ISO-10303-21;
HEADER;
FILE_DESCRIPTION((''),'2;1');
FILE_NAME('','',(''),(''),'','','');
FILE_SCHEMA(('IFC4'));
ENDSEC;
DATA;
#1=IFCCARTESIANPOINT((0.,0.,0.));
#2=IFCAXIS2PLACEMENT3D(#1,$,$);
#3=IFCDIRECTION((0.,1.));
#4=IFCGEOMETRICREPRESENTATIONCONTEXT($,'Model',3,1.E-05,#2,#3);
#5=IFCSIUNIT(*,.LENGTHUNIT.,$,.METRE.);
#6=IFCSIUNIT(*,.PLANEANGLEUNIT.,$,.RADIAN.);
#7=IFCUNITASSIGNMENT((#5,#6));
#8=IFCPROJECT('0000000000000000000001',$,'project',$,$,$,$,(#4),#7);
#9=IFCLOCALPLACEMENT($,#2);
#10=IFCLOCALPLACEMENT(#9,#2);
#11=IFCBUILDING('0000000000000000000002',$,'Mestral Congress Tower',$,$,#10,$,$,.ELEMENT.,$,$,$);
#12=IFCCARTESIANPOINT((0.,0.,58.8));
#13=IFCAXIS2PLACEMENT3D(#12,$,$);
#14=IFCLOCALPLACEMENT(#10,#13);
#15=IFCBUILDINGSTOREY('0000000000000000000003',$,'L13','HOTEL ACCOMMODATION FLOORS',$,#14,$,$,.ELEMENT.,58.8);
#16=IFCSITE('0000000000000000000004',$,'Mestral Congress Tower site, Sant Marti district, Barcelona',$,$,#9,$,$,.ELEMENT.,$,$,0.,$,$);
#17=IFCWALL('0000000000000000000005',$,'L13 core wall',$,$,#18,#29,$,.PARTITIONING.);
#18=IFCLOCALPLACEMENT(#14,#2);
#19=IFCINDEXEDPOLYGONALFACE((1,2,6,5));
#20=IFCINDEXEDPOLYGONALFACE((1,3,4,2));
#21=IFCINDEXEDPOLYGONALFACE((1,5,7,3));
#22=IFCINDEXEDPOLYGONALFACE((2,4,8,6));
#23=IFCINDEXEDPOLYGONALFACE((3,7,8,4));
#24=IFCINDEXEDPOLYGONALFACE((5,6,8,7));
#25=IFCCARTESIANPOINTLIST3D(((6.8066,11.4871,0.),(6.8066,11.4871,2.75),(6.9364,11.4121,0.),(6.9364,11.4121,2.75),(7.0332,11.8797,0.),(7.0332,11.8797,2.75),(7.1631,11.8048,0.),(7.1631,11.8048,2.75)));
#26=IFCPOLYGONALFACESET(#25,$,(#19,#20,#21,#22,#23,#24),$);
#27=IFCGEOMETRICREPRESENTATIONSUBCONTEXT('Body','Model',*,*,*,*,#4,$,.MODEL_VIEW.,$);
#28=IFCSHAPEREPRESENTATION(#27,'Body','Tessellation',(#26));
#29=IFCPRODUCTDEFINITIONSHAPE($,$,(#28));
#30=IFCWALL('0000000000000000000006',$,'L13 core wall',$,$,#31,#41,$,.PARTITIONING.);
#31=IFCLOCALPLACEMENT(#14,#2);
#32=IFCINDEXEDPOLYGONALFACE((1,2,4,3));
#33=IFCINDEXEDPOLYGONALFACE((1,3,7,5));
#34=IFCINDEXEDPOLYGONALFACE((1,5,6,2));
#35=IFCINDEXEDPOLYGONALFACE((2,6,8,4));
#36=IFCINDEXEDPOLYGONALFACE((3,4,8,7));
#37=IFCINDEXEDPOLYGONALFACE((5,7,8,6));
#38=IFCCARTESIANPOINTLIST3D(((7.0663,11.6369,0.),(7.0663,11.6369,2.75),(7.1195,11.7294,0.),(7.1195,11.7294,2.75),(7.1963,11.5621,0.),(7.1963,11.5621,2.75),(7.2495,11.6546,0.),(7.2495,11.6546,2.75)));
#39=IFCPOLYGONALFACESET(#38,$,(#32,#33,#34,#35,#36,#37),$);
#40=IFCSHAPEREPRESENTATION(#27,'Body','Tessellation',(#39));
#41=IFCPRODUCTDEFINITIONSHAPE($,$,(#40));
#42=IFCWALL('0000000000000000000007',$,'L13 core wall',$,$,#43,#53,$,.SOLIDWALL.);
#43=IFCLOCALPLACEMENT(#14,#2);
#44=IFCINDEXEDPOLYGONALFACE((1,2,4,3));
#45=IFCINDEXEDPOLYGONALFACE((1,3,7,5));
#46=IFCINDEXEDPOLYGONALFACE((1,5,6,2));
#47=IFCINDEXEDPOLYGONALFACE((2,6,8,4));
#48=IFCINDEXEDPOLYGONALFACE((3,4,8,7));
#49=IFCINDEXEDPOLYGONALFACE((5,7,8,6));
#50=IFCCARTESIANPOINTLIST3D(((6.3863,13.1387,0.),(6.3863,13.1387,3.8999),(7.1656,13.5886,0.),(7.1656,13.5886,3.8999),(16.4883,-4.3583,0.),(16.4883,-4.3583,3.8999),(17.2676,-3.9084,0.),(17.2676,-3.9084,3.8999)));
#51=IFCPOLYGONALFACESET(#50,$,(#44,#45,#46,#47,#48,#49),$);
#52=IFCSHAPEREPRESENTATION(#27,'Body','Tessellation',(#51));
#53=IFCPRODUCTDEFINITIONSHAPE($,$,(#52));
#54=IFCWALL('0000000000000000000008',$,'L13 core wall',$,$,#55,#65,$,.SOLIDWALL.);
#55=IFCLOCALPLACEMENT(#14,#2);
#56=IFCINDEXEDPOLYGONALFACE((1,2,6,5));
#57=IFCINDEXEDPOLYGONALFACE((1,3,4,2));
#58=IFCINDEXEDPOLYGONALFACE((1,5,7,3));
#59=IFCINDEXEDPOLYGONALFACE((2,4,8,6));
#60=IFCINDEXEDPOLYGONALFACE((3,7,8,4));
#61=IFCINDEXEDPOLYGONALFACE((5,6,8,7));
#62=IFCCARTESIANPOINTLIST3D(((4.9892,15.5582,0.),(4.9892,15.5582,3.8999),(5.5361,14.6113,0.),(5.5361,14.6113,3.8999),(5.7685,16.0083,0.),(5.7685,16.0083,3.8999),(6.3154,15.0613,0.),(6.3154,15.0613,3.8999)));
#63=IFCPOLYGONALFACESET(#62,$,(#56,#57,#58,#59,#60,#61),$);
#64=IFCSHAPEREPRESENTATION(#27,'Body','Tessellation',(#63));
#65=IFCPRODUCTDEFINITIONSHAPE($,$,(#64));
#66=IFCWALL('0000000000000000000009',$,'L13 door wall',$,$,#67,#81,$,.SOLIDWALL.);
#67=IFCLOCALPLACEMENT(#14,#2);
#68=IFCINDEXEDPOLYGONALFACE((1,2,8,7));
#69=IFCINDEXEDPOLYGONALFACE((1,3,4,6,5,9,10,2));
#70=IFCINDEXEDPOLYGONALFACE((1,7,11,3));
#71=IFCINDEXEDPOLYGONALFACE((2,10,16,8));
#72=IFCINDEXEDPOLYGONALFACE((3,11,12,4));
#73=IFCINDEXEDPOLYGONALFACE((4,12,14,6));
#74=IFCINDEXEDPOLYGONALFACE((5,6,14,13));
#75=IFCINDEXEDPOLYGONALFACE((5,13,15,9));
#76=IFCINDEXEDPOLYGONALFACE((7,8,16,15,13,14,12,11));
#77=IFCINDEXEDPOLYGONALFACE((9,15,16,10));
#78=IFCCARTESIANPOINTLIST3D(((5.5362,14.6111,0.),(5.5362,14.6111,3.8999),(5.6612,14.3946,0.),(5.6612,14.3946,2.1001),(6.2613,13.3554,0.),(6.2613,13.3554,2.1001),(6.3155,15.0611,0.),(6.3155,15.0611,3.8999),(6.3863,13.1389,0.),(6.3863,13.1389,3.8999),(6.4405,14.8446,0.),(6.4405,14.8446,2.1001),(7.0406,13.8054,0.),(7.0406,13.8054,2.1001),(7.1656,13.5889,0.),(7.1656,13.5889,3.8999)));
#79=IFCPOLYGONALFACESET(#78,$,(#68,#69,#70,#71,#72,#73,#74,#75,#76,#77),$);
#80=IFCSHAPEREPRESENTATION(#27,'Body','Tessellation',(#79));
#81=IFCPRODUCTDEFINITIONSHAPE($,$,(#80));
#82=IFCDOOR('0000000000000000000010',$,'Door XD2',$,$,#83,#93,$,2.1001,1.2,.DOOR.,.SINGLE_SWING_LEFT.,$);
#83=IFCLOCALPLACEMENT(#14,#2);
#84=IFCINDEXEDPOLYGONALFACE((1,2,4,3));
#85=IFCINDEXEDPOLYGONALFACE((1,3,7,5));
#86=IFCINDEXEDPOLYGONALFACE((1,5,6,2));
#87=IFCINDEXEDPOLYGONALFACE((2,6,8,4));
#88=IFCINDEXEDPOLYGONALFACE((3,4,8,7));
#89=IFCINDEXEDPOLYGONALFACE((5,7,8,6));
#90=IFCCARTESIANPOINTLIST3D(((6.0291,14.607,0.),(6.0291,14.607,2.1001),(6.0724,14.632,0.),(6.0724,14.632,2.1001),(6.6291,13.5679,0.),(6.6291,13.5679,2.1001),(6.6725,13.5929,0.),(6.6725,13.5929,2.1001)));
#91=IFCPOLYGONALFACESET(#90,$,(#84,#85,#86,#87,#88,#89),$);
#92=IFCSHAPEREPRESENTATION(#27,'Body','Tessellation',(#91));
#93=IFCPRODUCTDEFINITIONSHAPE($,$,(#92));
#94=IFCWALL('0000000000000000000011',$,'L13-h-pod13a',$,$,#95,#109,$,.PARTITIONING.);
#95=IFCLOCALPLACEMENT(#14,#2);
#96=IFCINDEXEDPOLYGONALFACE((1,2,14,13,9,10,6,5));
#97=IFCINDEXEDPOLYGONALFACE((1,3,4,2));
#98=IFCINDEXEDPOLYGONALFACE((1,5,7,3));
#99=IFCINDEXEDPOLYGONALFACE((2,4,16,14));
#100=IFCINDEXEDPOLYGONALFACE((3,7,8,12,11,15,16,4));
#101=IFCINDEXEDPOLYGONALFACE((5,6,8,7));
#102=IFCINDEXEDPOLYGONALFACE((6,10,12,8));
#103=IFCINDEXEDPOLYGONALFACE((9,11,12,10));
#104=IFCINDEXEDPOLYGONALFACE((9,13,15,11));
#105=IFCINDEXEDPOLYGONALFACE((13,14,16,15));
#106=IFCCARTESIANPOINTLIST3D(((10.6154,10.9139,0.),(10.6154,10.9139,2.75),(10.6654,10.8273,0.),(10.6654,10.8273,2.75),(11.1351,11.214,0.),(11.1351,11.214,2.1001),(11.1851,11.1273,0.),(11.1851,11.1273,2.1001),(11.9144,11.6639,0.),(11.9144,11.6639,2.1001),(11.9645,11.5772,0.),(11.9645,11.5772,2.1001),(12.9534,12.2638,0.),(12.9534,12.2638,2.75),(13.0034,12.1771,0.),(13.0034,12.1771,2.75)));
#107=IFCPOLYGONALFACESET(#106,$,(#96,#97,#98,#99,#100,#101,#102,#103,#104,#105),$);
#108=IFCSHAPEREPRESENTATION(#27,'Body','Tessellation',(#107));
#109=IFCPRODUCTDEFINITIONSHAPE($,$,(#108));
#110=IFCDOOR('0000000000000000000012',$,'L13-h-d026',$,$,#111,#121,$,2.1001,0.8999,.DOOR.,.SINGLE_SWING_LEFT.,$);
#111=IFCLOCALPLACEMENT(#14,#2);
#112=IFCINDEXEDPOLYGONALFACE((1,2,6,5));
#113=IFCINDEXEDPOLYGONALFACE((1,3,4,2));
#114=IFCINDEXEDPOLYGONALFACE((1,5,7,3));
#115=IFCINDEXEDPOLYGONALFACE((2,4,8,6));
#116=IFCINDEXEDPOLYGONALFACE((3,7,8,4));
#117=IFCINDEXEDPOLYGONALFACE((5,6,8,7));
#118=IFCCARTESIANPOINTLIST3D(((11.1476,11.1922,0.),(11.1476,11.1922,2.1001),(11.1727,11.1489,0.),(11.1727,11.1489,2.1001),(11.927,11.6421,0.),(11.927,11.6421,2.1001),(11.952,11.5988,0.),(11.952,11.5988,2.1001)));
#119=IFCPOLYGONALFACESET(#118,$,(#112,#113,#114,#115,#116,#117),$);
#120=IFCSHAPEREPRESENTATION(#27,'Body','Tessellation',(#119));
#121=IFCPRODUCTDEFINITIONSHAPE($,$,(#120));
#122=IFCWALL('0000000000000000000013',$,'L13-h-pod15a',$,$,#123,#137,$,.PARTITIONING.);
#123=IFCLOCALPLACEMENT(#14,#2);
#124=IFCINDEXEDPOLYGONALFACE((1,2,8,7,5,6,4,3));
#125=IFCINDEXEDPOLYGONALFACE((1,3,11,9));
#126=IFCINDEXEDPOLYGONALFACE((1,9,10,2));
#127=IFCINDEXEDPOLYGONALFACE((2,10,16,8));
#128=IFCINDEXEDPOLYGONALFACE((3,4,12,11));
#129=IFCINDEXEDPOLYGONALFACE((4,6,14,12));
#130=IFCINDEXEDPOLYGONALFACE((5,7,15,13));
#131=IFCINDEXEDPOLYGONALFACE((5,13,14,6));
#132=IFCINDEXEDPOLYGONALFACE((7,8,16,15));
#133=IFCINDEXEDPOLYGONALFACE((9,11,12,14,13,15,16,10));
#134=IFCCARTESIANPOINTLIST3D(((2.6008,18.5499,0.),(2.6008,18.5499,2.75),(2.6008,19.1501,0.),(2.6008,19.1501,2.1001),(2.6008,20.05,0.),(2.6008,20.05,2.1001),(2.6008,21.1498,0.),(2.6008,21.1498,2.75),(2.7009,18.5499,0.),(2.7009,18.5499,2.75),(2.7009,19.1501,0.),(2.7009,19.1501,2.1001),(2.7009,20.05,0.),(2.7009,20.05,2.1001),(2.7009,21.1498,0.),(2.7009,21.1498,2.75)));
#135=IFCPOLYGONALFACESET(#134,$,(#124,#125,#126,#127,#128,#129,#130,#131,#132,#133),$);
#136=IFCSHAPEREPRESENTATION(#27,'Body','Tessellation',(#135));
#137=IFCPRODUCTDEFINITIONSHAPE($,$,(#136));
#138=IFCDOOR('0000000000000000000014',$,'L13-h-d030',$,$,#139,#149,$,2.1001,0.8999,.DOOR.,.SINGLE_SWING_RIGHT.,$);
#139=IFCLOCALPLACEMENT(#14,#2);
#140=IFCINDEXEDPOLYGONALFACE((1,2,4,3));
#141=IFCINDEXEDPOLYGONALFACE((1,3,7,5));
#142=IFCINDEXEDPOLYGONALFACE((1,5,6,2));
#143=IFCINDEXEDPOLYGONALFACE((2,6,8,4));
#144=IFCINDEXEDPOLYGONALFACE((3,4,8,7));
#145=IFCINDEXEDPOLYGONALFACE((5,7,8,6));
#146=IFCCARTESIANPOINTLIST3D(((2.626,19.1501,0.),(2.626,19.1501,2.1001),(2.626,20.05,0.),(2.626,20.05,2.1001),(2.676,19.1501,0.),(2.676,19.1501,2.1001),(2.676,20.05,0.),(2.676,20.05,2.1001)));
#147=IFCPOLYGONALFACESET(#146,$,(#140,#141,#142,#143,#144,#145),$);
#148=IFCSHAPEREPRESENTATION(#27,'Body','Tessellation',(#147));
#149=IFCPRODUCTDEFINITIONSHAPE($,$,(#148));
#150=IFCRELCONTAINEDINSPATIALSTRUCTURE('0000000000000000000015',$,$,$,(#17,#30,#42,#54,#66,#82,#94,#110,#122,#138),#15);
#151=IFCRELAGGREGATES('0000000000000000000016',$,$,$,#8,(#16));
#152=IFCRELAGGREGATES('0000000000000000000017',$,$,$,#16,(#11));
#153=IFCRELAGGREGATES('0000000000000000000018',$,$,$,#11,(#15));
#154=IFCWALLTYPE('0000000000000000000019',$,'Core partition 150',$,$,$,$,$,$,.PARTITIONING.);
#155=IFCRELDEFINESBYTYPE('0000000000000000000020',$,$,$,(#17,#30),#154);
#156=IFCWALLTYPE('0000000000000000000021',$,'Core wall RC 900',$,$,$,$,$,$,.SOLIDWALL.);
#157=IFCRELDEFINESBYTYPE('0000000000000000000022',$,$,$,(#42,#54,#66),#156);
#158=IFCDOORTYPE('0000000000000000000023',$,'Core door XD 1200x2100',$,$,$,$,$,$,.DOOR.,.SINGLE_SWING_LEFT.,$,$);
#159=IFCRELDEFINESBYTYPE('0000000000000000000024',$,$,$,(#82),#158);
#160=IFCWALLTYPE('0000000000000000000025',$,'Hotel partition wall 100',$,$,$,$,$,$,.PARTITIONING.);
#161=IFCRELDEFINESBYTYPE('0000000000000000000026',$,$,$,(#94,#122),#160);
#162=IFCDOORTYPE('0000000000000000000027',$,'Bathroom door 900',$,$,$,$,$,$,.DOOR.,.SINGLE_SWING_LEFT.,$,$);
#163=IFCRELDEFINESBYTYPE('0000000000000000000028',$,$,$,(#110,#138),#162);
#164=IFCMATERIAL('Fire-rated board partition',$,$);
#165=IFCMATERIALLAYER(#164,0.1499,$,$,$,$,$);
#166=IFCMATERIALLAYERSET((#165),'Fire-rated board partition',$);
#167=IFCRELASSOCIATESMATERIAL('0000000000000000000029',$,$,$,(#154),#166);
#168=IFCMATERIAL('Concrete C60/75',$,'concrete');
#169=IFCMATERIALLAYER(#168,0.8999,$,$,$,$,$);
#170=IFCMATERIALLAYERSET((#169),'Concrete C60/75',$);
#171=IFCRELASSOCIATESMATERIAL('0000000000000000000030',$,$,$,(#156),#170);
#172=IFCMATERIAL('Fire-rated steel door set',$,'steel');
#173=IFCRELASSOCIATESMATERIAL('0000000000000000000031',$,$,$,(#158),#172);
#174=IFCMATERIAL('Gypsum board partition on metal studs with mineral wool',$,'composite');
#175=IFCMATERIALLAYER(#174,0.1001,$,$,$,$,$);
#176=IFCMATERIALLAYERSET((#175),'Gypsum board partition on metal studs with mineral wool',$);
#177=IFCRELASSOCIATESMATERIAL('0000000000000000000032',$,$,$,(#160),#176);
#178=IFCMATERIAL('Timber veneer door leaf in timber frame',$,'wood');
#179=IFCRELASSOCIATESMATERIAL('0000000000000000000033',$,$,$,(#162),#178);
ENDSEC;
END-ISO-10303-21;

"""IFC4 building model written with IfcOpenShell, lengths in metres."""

from ifc_helpers import new_model, si_unit, direction, frame, frame_2d, origin, place, context, subcontext, project, spatial, rectangle, extrude, material, layer, layer_set, type_object, element, fill, save


model = new_model("IFC4")

# Units and contexts
model_context = context("Model", 3, precision=1e-05, world=origin(), true_north=direction((0.0, 1.0)))
body_context = subcontext(model_context, "Body", "Model", "MODEL_VIEW")
ifc_project = project(units=[si_unit("LENGTHUNIT", "METRE"), si_unit("PLANEANGLEUNIT", "RADIAN")], contexts=[model_context])

# Site, building, storey
site_placement = place(None, origin())
site = spatial("IfcSite", under=ifc_project, at=site_placement, Name="Mestral Congress Tower site, Sant Marti district, Barcelona", CompositionType="ELEMENT", RefElevation=0.0)
building_placement = place(site_placement, origin())
building = spatial("IfcBuilding", under=site, at=building_placement, Name="Mestral Congress Tower", CompositionType="ELEMENT")
storey_placement = place(building_placement, frame((0.0, 0.0, 58.8)))
storey = spatial("IfcBuildingStorey", under=building, at=storey_placement, Name="L13", Description="HOTEL ACCOMMODATION FLOORS", CompositionType="ELEMENT", Elevation=58.8)

# Walls
ifc_material_1 = material(Name="Fire-rated board partition")
ifc_layer_1 = layer(ifc_material_1, 0.1499)
ifc_layer_set_1 = layer_set([ifc_layer_1], Name="Fire-rated board partition")
wall_type_1 = type_object("IfcWallType", Name="Core partition 150", PredefinedType="PARTITIONING", material=ifc_layer_set_1)
wall_1_placement = place(storey_placement, frame((6.8716, 11.4497, 0.0), z_axis=(0.0, 0.0, 1.0), x_axis=(0.499847, 0.866114, 0.0)))
element("IfcWall", 1, at=wall_1_placement, inside=storey, type_object=wall_type_1, Name="L13 core wall", PredefinedType="PARTITIONING", context=body_context, shape_type="SweptSolid", body=[
    extrude(rectangle(XDim=0.4534, YDim=0.1499, at=frame_2d((0.2266, 0.0))), origin(), (0.0, 0.0, 1.0), 2.75),
])
wall_2_placement = place(storey_placement, frame((7.1313, 11.5996, 0.0), z_axis=(0.0, 0.0, 1.0), x_axis=(0.4986, 0.866832, 0.0)))
element("IfcWall", 2, at=wall_2_placement, inside=storey, type_object=wall_type_1, Name="L13 core wall", PredefinedType="PARTITIONING", context=body_context, shape_type="SweptSolid", body=[
    extrude(rectangle(XDim=0.1067, YDim=0.1499, at=frame_2d((0.0532, 0.0))), origin(), (0.0, 0.0, 1.0), 2.75),
])
ifc_material_2 = material(Name="Concrete C60/75", Category="concrete")
ifc_layer_2 = layer(ifc_material_2, 0.8999)
ifc_layer_set_2 = layer_set([ifc_layer_2], Name="Concrete C60/75")
wall_type_2 = type_object("IfcWallType", Name="Core wall RC 900", PredefinedType="SOLIDWALL", material=ifc_layer_set_2)
wall_3_placement = place(storey_placement, frame((6.7759, 13.3638, 0.0), z_axis=(0.0, 0.0, 1.0), x_axis=(0.500004, -0.866023, 0.0)))
element("IfcWall", 3, at=wall_3_placement, inside=storey, type_object=wall_type_2, Name="L13 core wall", PredefinedType="SOLIDWALL", context=body_context, shape_type="SweptSolid", body=[
    extrude(rectangle(XDim=20.2039, YDim=0.8999, at=frame_2d((10.1021, 0.0))), origin(), (0.0, 0.0, 1.0), 3.8999),
])
wall_4_placement = place(storey_placement, frame((5.9258, 14.8362, 0.0), z_axis=(0.0, 0.0, 1.0), x_axis=(-0.500077, 0.865981, 0.0)))
element("IfcWall", 4, at=wall_4_placement, inside=storey, type_object=wall_type_2, Name="L13 core wall", PredefinedType="SOLIDWALL", context=body_context, shape_type="SweptSolid", body=[
    extrude(rectangle(XDim=1.0935, YDim=0.8999, at=frame_2d((0.5469, 0.0))), origin(), (0.0, 0.0, 1.0), 3.8999),
])

# Walls, openings, doors
wall_5_placement = place(storey_placement, frame((5.9258, 14.8362, 0.0), z_axis=(0.0, 0.0, 1.0), x_axis=(0.500062, -0.865989, 0.0)))
wall_5 = element("IfcWall", 5, at=wall_5_placement, inside=storey, type_object=wall_type_2, Name="L13 door wall", PredefinedType="SOLIDWALL", context=body_context, shape_type="SweptSolid", body=[
    extrude(rectangle(XDim=1.7, YDim=0.8999, at=frame_2d((0.8501, 0.0))), origin(), (0.0, 0.0, 1.0), 3.8999),
])
opening_1_placement = place(wall_5_placement, frame((0.25, 0.0, 0.0)))
opening_1 = element("IfcOpeningElement", 6, at=opening_1_placement, cuts=wall_5, PredefinedType="OPENING", context=body_context, shape_type="SweptSolid", body=[
    extrude(rectangle(XDim=1.2, YDim=2.1001, at=frame_2d((0.6001, 1.05))), frame((0.0, 0.46, 0.0), z_axis=(0.0, -1.0, 0.0), x_axis=(1.0, 0.0, 0.0)), (0.0, 0.0, 1.0), 0.9199),
])
ifc_material_3 = material(Name="Fire-rated steel door set", Category="steel")
door_type_1 = type_object("IfcDoorType", Name="Core door XD 1200x2100", OperationType="SINGLE_SWING_LEFT", PredefinedType="DOOR", material=ifc_material_3)
door_1_placement = place(opening_1_placement, origin())
door_1 = element("IfcDoor", 7, at=door_1_placement, inside=storey, type_object=door_type_1, Name="Door XD2", OperationType="SINGLE_SWING_LEFT", OverallHeight=2.1001, OverallWidth=1.2, PredefinedType="DOOR", context=body_context, shape_type="SweptSolid", body=[
    extrude(rectangle(XDim=1.2, YDim=2.1001, at=frame_2d((0.6001, 1.05))), frame((0.0, 0.0249, 0.0), z_axis=(0.0, -1.0, 0.0), x_axis=(1.0, 0.0, 0.0)), (0.0, 0.0, 1.0), 0.05),
])
fill(opening_1, door_1)
ifc_material_4 = material(Name="Gypsum board partition on metal studs with mineral wool", Category="composite")
ifc_layer_3 = layer(ifc_material_4, 0.1001)
ifc_layer_set_3 = layer_set([ifc_layer_3], Name="Gypsum board partition on metal studs with mineral wool")
wall_type_3 = type_object("IfcWallType", Name="Hotel partition wall 100", PredefinedType="PARTITIONING", material=ifc_layer_set_3)
wall_6_placement = place(storey_placement, frame((10.6404, 10.8706, 0.0), z_axis=(0.0, 0.0, 1.0), x_axis=(0.866037, 0.499981, 0.0)))
wall_6 = element("IfcWall", 8, at=wall_6_placement, inside=storey, type_object=wall_type_3, Name="L13-h-pod13a", PredefinedType="PARTITIONING", context=body_context, shape_type="SweptSolid", body=[
    extrude(rectangle(XDim=2.6997, YDim=0.1001, at=frame_2d((1.3499, 0.0))), origin(), (0.0, 0.0, 1.0), 2.75),
])
opening_2_placement = place(wall_6_placement, frame((0.6001, 0.0, 0.0)))
opening_2 = element("IfcOpeningElement", 9, at=opening_2_placement, cuts=wall_6, PredefinedType="OPENING", context=body_context, shape_type="SweptSolid", body=[
    extrude(rectangle(XDim=0.8999, YDim=2.1001, at=frame_2d((0.45, 1.05))), frame((0.0, 0.0601, 0.0), z_axis=(0.0, -1.0, 0.0), x_axis=(1.0, 0.0, 0.0)), (0.0, 0.0, 1.0), 0.1201),
])
ifc_material_5 = material(Name="Timber veneer door leaf in timber frame", Category="wood")
door_type_2 = type_object("IfcDoorType", Name="Bathroom door 900", OperationType="SINGLE_SWING_LEFT", PredefinedType="DOOR", material=ifc_material_5)
door_2_placement = place(opening_2_placement, origin())
door_2 = element("IfcDoor", 10, at=door_2_placement, inside=storey, type_object=door_type_2, Name="L13-h-d026", OperationType="SINGLE_SWING_LEFT", OverallHeight=2.1001, OverallWidth=0.8999, PredefinedType="DOOR", context=body_context, shape_type="SweptSolid", body=[
    extrude(rectangle(XDim=0.8999, YDim=2.1001, at=frame_2d((0.45, 1.05))), frame((0.0, 0.0249, 0.0), z_axis=(0.0, -1.0, 0.0), x_axis=(1.0, 0.0, 0.0)), (0.0, 0.0, 1.0), 0.05),
])
fill(opening_2, door_2)
wall_7_placement = place(storey_placement, frame((2.6509, 18.55, 0.0), z_axis=(0.0, 0.0, 1.0), x_axis=(0.0, 1.0, 0.0)))
wall_7 = element("IfcWall", 11, at=wall_7_placement, inside=storey, type_object=wall_type_3, Name="L13-h-pod15a", PredefinedType="PARTITIONING", context=body_context, shape_type="SweptSolid", body=[
    extrude(rectangle(XDim=2.5999, YDim=0.1001, at=frame_2d((1.2998, 0.0))), origin(), (0.0, 0.0, 1.0), 2.75),
])
opening_3_placement = place(wall_7_placement, frame((0.6001, 0.0, 0.0)))
opening_3 = element("IfcOpeningElement", 12, at=opening_3_placement, cuts=wall_7, PredefinedType="OPENING", context=body_context, shape_type="SweptSolid", body=[
    extrude(rectangle(XDim=0.8999, YDim=2.1001, at=frame_2d((0.45, 1.05))), frame((0.0, 0.0601, 0.0), z_axis=(0.0, -1.0, 0.0), x_axis=(1.0, 0.0, 0.0)), (0.0, 0.0, 1.0), 0.1201),
])
door_3_placement = place(opening_3_placement, origin())
door_3 = element("IfcDoor", 13, at=door_3_placement, inside=storey, type_object=door_type_2, Name="L13-h-d030", OperationType="SINGLE_SWING_RIGHT", OverallHeight=2.1001, OverallWidth=0.8999, PredefinedType="DOOR", context=body_context, shape_type="SweptSolid", body=[
    extrude(rectangle(XDim=0.8999, YDim=2.1001, at=frame_2d((0.45, 1.05))), frame((0.0, 0.0249, 0.0), z_axis=(0.0, -1.0, 0.0), x_axis=(1.0, 0.0, 0.0)), (0.0, 0.0, 1.0), 0.05),
])
fill(opening_3, door_3)

save(model, "model.ifc")
